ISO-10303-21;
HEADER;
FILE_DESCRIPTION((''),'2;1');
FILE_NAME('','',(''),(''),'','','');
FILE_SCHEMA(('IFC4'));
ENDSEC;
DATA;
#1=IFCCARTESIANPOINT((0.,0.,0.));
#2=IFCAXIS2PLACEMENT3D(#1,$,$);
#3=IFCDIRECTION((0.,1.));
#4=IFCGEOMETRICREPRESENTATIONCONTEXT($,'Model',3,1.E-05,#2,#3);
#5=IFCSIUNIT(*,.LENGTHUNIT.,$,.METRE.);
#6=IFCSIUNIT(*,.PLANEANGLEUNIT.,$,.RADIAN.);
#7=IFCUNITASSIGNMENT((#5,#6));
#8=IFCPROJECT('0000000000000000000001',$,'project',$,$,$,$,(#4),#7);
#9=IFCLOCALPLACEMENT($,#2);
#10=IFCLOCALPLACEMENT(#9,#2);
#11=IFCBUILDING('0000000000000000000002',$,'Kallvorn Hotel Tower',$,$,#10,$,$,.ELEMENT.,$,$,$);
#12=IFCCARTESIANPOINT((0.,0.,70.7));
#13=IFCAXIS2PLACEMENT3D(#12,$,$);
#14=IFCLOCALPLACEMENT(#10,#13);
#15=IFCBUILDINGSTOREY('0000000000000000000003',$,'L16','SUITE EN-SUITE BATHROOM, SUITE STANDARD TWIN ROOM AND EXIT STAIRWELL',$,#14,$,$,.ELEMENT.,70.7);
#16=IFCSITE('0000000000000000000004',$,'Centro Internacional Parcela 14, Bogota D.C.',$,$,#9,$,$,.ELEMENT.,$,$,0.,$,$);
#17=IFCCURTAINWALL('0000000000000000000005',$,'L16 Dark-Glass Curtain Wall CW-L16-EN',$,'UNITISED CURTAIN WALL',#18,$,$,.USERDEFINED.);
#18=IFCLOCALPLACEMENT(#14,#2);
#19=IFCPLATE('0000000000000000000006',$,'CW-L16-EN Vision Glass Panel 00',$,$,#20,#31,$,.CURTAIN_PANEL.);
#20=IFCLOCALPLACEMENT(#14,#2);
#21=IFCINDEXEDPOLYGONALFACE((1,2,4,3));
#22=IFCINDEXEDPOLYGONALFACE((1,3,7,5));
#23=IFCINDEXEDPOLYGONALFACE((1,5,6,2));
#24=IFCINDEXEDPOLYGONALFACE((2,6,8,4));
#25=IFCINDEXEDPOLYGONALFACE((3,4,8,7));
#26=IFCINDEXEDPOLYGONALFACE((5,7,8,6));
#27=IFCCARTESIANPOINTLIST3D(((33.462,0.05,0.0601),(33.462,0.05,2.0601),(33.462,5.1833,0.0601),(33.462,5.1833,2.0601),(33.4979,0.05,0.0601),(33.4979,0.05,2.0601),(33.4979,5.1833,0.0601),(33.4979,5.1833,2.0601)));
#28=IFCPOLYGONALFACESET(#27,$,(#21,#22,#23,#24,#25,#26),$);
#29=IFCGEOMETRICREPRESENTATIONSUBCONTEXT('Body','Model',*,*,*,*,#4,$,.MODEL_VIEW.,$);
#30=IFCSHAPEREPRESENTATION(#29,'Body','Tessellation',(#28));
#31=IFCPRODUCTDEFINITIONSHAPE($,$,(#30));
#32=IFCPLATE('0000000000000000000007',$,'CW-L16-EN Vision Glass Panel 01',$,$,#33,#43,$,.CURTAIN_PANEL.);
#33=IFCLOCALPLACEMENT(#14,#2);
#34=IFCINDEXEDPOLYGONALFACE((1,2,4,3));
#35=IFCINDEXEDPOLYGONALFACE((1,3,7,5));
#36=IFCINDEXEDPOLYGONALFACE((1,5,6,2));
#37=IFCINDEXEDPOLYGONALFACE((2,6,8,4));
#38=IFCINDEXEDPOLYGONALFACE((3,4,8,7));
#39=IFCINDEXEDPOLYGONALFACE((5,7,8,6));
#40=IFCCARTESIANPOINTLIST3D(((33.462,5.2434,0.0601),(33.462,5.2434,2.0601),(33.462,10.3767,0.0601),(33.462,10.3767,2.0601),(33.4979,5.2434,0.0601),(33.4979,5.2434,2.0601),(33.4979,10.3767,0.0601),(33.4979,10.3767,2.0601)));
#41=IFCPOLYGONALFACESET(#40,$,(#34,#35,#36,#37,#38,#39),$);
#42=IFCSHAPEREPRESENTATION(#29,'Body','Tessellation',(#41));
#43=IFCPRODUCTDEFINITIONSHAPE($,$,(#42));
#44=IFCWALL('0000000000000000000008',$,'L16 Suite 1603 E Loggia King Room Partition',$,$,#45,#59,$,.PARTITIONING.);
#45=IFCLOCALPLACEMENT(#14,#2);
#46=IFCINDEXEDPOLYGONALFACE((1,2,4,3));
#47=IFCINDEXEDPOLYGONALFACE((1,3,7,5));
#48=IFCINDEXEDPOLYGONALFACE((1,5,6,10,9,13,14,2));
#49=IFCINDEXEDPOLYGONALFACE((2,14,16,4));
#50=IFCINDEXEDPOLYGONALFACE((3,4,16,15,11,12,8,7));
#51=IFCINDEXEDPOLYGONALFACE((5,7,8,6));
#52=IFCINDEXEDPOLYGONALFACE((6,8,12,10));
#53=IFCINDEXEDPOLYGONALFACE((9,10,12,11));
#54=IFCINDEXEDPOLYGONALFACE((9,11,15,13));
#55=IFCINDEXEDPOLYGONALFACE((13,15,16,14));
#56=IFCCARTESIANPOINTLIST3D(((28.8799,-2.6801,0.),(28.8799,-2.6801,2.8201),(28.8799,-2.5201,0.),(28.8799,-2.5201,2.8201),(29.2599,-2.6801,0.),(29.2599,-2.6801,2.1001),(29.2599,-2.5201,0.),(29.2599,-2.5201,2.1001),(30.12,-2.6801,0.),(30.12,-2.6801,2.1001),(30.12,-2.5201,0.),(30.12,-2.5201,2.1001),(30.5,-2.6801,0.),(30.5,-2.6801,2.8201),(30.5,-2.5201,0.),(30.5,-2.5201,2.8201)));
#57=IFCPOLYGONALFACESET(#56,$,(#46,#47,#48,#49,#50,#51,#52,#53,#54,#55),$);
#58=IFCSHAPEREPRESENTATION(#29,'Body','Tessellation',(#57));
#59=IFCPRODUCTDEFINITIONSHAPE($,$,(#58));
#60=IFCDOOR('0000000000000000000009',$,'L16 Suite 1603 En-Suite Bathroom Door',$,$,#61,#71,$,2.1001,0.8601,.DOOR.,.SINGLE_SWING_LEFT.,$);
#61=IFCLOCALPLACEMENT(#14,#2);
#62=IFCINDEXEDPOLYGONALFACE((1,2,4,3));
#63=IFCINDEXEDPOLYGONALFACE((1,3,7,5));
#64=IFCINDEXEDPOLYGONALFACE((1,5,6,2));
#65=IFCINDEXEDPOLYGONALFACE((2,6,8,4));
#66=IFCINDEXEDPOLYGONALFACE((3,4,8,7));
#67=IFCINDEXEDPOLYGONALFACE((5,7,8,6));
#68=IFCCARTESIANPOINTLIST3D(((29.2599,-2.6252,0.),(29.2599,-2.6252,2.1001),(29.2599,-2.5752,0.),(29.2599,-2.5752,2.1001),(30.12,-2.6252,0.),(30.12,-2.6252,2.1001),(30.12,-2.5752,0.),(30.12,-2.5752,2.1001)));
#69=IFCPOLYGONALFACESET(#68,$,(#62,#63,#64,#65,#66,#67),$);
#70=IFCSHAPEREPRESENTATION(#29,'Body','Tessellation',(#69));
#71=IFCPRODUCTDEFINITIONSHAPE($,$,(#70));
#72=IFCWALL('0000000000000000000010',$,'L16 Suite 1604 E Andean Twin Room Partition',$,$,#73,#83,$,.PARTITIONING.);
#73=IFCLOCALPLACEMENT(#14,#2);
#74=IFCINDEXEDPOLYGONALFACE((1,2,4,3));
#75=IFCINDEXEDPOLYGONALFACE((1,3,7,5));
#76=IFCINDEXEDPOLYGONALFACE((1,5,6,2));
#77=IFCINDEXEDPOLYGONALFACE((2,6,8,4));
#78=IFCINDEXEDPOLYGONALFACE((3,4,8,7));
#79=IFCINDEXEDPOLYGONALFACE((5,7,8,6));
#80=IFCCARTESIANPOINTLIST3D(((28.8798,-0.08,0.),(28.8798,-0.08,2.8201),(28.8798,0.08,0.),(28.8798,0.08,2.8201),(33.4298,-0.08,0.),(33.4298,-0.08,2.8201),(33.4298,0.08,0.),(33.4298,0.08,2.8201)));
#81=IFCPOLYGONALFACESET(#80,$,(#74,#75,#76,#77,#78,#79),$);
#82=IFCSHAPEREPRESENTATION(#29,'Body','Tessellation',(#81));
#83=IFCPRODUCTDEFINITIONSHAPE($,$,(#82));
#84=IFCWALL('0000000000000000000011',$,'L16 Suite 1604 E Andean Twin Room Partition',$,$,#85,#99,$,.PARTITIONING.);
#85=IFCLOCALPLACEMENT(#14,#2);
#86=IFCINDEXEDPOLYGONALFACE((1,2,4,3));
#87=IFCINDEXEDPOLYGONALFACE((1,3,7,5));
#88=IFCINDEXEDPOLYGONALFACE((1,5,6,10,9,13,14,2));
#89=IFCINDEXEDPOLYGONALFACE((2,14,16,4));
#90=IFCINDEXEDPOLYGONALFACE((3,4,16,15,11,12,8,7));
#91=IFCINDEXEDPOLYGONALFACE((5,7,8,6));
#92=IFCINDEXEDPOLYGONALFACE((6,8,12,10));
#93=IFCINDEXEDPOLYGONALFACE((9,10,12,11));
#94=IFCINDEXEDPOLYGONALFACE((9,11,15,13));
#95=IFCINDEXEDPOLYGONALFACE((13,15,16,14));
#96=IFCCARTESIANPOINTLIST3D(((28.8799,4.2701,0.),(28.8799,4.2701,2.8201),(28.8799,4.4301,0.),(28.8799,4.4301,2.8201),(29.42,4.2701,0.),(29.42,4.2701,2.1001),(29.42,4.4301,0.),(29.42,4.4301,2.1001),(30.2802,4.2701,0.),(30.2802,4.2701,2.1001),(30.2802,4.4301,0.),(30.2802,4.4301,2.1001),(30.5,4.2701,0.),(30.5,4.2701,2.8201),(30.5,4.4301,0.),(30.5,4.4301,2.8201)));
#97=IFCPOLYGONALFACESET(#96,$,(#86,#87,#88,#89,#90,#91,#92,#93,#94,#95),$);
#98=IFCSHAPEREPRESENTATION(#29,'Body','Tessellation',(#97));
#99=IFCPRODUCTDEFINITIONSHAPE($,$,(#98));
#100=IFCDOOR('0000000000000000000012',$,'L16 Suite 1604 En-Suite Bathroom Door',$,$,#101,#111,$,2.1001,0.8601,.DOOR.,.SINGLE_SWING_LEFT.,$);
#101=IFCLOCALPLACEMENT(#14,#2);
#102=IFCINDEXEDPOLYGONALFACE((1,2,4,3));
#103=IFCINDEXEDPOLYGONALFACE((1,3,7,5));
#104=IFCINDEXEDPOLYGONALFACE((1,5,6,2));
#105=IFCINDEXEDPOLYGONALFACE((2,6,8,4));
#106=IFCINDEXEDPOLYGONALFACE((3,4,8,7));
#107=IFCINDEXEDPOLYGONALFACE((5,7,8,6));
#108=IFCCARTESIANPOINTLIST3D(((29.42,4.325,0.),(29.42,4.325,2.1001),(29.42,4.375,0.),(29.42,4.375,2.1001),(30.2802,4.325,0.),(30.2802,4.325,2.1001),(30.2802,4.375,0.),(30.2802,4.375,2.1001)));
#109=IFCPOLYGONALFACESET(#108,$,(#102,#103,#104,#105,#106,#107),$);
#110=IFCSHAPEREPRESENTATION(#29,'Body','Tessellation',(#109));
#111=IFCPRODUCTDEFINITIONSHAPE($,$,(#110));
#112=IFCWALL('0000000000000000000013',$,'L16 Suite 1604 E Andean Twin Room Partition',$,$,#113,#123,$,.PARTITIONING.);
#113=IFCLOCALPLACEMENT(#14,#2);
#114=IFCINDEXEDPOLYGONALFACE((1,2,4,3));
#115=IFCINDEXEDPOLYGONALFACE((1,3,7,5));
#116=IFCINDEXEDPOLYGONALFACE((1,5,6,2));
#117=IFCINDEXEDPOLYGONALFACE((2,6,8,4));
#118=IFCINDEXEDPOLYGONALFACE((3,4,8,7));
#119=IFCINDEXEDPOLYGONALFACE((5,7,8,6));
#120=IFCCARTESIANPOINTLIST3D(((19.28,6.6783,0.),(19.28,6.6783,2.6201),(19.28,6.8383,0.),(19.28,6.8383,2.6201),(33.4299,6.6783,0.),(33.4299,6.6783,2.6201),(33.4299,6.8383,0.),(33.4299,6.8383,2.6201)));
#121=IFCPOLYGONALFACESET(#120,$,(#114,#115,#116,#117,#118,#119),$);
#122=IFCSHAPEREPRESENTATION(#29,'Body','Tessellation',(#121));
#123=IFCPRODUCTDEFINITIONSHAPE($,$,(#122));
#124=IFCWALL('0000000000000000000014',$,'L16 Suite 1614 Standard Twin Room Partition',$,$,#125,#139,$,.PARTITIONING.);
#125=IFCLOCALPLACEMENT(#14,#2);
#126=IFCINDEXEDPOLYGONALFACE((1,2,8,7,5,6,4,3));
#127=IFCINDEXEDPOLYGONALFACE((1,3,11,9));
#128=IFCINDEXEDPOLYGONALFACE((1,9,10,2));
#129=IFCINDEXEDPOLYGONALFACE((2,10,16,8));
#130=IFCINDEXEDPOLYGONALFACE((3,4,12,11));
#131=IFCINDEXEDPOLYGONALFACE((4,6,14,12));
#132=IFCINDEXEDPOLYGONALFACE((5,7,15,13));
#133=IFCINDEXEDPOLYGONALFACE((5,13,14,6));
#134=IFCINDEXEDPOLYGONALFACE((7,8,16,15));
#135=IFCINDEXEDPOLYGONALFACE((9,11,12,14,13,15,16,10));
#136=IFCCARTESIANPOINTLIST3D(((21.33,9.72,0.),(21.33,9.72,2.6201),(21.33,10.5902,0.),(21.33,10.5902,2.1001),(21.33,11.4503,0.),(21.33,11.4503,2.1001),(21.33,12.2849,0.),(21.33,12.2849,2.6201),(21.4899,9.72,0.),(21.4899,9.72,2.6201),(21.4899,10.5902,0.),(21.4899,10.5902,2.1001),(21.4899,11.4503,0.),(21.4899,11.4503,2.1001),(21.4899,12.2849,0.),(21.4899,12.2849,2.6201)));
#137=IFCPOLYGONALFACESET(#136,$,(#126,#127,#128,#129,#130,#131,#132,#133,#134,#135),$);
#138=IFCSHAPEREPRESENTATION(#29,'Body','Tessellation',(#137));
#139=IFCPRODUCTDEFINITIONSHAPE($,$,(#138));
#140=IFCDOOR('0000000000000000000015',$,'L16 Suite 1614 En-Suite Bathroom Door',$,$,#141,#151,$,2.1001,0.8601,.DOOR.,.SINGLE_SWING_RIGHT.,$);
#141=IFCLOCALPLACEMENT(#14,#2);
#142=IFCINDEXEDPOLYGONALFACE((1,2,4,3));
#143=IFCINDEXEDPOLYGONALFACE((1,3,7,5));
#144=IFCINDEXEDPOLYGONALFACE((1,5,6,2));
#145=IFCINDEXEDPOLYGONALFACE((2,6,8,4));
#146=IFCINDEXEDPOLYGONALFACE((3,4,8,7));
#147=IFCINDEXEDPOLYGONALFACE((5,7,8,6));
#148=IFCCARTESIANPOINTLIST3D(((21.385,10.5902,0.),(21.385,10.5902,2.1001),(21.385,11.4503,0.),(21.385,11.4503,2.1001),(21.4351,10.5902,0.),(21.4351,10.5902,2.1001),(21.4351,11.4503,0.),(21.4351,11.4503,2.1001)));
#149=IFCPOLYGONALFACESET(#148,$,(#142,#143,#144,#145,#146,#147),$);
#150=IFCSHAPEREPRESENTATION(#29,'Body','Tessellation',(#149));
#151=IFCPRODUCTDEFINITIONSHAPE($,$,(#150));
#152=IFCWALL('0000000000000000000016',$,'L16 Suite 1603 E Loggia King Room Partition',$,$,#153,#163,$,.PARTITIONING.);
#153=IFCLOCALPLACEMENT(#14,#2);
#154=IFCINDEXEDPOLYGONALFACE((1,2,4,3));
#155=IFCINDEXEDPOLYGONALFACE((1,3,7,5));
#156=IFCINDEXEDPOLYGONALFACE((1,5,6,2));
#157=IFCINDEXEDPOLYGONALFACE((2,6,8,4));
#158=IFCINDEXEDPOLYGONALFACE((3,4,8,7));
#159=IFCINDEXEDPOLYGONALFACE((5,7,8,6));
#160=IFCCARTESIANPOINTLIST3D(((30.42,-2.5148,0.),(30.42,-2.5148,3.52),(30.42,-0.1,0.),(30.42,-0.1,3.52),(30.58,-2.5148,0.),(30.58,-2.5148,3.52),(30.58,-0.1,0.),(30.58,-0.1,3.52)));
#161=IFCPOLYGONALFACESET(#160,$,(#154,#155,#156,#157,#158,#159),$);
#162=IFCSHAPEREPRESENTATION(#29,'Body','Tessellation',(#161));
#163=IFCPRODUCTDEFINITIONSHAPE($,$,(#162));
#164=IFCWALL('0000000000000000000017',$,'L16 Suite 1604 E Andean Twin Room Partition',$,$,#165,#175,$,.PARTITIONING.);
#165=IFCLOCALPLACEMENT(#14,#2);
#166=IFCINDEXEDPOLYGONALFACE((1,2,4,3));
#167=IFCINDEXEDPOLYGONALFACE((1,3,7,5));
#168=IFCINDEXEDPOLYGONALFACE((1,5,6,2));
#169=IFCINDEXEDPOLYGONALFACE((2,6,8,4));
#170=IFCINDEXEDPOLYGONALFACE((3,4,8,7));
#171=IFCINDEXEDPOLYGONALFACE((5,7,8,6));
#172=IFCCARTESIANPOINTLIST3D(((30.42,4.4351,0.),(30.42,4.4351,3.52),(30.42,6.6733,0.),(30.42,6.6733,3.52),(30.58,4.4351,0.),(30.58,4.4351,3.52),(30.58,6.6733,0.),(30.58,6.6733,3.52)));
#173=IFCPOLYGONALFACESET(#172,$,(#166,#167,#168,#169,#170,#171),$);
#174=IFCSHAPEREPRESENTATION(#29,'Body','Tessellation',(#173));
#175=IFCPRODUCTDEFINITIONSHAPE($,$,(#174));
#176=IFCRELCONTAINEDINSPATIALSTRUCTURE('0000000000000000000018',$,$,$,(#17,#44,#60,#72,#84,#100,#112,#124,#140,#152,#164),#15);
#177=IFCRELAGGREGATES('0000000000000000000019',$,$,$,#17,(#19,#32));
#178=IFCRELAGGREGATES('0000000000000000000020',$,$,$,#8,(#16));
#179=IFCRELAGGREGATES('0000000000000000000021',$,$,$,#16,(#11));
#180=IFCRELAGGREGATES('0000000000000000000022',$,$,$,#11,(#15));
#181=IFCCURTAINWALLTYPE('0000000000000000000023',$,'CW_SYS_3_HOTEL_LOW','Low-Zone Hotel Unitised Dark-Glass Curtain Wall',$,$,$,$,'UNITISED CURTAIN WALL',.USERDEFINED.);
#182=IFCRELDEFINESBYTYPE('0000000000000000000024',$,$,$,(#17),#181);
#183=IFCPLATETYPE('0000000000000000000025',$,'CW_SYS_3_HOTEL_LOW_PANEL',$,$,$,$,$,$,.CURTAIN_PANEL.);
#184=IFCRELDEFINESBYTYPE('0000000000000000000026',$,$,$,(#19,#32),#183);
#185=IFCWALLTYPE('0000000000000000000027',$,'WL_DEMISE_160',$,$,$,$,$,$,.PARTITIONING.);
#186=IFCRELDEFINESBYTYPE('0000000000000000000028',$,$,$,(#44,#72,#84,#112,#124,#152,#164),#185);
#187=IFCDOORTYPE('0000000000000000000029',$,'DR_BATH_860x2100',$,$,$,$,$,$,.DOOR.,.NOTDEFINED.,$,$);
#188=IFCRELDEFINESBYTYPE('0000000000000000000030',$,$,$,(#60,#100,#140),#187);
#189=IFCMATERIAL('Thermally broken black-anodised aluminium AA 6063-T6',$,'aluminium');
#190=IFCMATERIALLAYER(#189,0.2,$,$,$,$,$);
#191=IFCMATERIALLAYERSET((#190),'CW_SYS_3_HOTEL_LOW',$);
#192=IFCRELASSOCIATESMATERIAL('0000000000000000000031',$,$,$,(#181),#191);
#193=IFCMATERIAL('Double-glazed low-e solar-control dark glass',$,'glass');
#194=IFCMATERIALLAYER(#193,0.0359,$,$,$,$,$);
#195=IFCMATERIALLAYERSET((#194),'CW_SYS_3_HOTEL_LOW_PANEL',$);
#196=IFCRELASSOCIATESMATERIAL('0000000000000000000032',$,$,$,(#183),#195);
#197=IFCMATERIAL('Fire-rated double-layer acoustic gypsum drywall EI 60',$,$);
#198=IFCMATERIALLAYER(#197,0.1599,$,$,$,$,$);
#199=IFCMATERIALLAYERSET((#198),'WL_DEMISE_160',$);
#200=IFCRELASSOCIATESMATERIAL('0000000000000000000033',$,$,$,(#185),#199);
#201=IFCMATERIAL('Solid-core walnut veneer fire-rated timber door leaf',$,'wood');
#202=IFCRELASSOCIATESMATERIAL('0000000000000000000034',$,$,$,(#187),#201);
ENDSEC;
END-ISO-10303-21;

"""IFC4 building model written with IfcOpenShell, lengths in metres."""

from ifc_helpers import new_model, si_unit, direction, frame, frame_2d, origin, origin_2d, place, context, subcontext, project, spatial, rectangle, extrude, material, layer, layer_set, type_object, element, fill, aggregate, save


model = new_model("IFC4")

# Units and contexts
model_context = context("Model", 3, precision=1e-05, world=origin(), true_north=direction((0.0, 1.0)))
body_context = subcontext(model_context, "Body", "Model", "MODEL_VIEW")
ifc_project = project(units=[si_unit("LENGTHUNIT", "METRE"), si_unit("PLANEANGLEUNIT", "RADIAN")], contexts=[model_context])

# Site, building, storey
site_placement = place(None, origin())
site = spatial("IfcSite", under=ifc_project, at=site_placement, Name="Centro Internacional Parcela 14, Bogota D.C.", CompositionType="ELEMENT", RefElevation=0.0)
building_placement = place(site_placement, origin())
building = spatial("IfcBuilding", under=site, at=building_placement, Name="Kallvorn Hotel Tower", CompositionType="ELEMENT")
storey_placement = place(building_placement, frame((0.0, 0.0, 70.7)))
storey = spatial("IfcBuildingStorey", under=building, at=storey_placement, Name="L16", Description="SUITE EN-SUITE BATHROOM, SUITE STANDARD TWIN ROOM AND EXIT STAIRWELL", CompositionType="ELEMENT", Elevation=70.7)

# Curtain wall, plates
ifc_material_1 = material(Name="Thermally broken black-anodised aluminium AA 6063-T6", Category="aluminium")
ifc_layer_1 = layer(ifc_material_1, 0.2)
ifc_layer_set_1 = layer_set([ifc_layer_1], Name="CW_SYS_3_HOTEL_LOW")
curtain_wall_type = type_object("IfcCurtainWallType", Name="CW_SYS_3_HOTEL_LOW", Description="Low-Zone Hotel Unitised Dark-Glass Curtain Wall", ElementType="UNITISED CURTAIN WALL", PredefinedType="USERDEFINED", material=ifc_layer_set_1)
curtain_wall_placement = place(storey_placement, origin())
curtain_wall = element("IfcCurtainWall", 1, at=curtain_wall_placement, inside=storey, type_object=curtain_wall_type, Name="L16 Dark-Glass Curtain Wall CW-L16-EN", ObjectType="UNITISED CURTAIN WALL", PredefinedType="USERDEFINED")
ifc_material_2 = material(Name="Double-glazed low-e solar-control dark glass", Category="glass")
ifc_layer_2 = layer(ifc_material_2, 0.0359)
ifc_layer_set_2 = layer_set([ifc_layer_2], Name="CW_SYS_3_HOTEL_LOW_PANEL")
plate_type = type_object("IfcPlateType", Name="CW_SYS_3_HOTEL_LOW_PANEL", PredefinedType="CURTAIN_PANEL", material=ifc_layer_set_2)
plate_1_placement = place(storey_placement, frame((33.48, 2.6167, 0.0601), z_axis=(0.0, 0.0, 1.0), x_axis=(0.0, 1.0, 0.0)))
plate_1 = element("IfcPlate", 2, at=plate_1_placement, type_object=plate_type, Name="CW-L16-EN Vision Glass Panel 00", PredefinedType="CURTAIN_PANEL", context=body_context, shape_type="SweptSolid", body=[
    extrude(rectangle(XDim=5.1333, YDim=0.0359, at=origin_2d()), origin(), (0.0, 0.0, 1.0), 2.0),
])
plate_2_placement = place(storey_placement, frame((33.48, 7.8101, 0.0601), z_axis=(0.0, 0.0, 1.0), x_axis=(0.0, 1.0, 0.0)))
plate_2 = element("IfcPlate", 3, at=plate_2_placement, type_object=plate_type, Name="CW-L16-EN Vision Glass Panel 01", PredefinedType="CURTAIN_PANEL", context=body_context, shape_type="SweptSolid", body=[
    extrude(rectangle(XDim=5.1333, YDim=0.0359, at=origin_2d()), origin(), (0.0, 0.0, 1.0), 2.0),
])
aggregate(curtain_wall, [plate_1, plate_2])

# Wall, opening, door
ifc_material_3 = material(Name="Fire-rated double-layer acoustic gypsum drywall EI 60")
ifc_layer_3 = layer(ifc_material_3, 0.1599)
ifc_layer_set_3 = layer_set([ifc_layer_3], Name="WL_DEMISE_160")
wall_type_1 = type_object("IfcWallType", Name="WL_DEMISE_160", PredefinedType="PARTITIONING", material=ifc_layer_set_3)
wall_1_placement = place(storey_placement, frame((28.8799, -2.6001, 0.0), z_axis=(0.0, 0.0, 1.0), x_axis=(1.0, 0.0, 0.0)))
wall_1 = element("IfcWall", 4, at=wall_1_placement, inside=storey, type_object=wall_type_1, Name="L16 Suite 1603 E Loggia King Room Partition", PredefinedType="PARTITIONING", context=body_context, shape_type="SweptSolid", body=[
    extrude(rectangle(XDim=1.6201, YDim=0.1599, at=frame_2d((0.8101, 0.0))), origin(), (0.0, 0.0, 1.0), 2.8201),
])
opening_1_placement = place(wall_1_placement, frame((0.3799, 0.0, 0.0)))
opening_1 = element("IfcOpeningElement", 5, at=opening_1_placement, cuts=wall_1, PredefinedType="OPENING", context=body_context, shape_type="SweptSolid", body=[
    extrude(rectangle(XDim=0.8601, YDim=2.1001, at=frame_2d((0.4302, 1.05))), frame((0.0, 0.095, 0.0), z_axis=(0.0, -1.0, 0.0), x_axis=(1.0, 0.0, 0.0)), (0.0, 0.0, 1.0), 0.1899),
])
ifc_material_4 = material(Name="Solid-core walnut veneer fire-rated timber door leaf", Category="wood")
door_type = type_object("IfcDoorType", Name="DR_BATH_860x2100", OperationType="NOTDEFINED", PredefinedType="DOOR", material=ifc_material_4)
door_1_placement = place(opening_1_placement, origin())
door_1 = element("IfcDoor", 6, at=door_1_placement, inside=storey, type_object=door_type, Name="L16 Suite 1603 En-Suite Bathroom Door", OperationType="SINGLE_SWING_LEFT", OverallHeight=2.1001, OverallWidth=0.8601, PredefinedType="DOOR", context=body_context, shape_type="SweptSolid", body=[
    extrude(rectangle(XDim=0.8601, YDim=2.1001, at=frame_2d((0.4302, 1.05))), frame((0.0, 0.0249, 0.0), z_axis=(0.0, -1.0, 0.0), x_axis=(1.0, 0.0, 0.0)), (0.0, 0.0, 1.0), 0.05),
])
fill(opening_1, door_1)

# Wall
wall_2_placement = place(storey_placement, frame((28.8799, 0.0, 0.0), z_axis=(0.0, 0.0, 1.0), x_axis=(1.0, 0.0, 0.0)))
element("IfcWall", 7, at=wall_2_placement, inside=storey, type_object=wall_type_1, Name="L16 Suite 1604 E Andean Twin Room Partition", PredefinedType="PARTITIONING", context=body_context, shape_type="SweptSolid", body=[
    extrude(rectangle(XDim=4.55, YDim=0.1599, at=frame_2d((2.2749, 0.0))), origin(), (0.0, 0.0, 1.0), 2.8201),
])

# Wall, opening, door
wall_3_placement = place(storey_placement, frame((28.8799, 4.3501, 0.0), z_axis=(0.0, 0.0, 1.0), x_axis=(1.0, 0.0, 0.0)))
wall_3 = element("IfcWall", 8, at=wall_3_placement, inside=storey, type_object=wall_type_1, Name="L16 Suite 1604 E Andean Twin Room Partition", PredefinedType="PARTITIONING", context=body_context, shape_type="SweptSolid", body=[
    extrude(rectangle(XDim=1.6201, YDim=0.1599, at=frame_2d((0.8101, 0.0))), origin(), (0.0, 0.0, 1.0), 2.8201),
])
opening_2_placement = place(wall_3_placement, frame((0.54, 0.0, 0.0)))
opening_2 = element("IfcOpeningElement", 9, at=opening_2_placement, cuts=wall_3, PredefinedType="OPENING", context=body_context, shape_type="SweptSolid", body=[
    extrude(rectangle(XDim=0.8601, YDim=2.1001, at=frame_2d((0.4302, 1.05))), frame((0.0, 0.095, 0.0), z_axis=(0.0, -1.0, 0.0), x_axis=(1.0, 0.0, 0.0)), (0.0, 0.0, 1.0), 0.1899),
])
door_2_placement = place(opening_2_placement, origin())
door_2 = element("IfcDoor", 10, at=door_2_placement, inside=storey, type_object=door_type, Name="L16 Suite 1604 En-Suite Bathroom Door", OperationType="SINGLE_SWING_LEFT", OverallHeight=2.1001, OverallWidth=0.8601, PredefinedType="DOOR", context=body_context, shape_type="SweptSolid", body=[
    extrude(rectangle(XDim=0.8601, YDim=2.1001, at=frame_2d((0.4302, 1.05))), frame((0.0, 0.0249, 0.0), z_axis=(0.0, -1.0, 0.0), x_axis=(1.0, 0.0, 0.0)), (0.0, 0.0, 1.0), 0.05),
])
fill(opening_2, door_2)

# Wall
wall_4_placement = place(storey_placement, frame((19.28, 6.7583, 0.0), z_axis=(0.0, 0.0, 1.0), x_axis=(1.0, 0.0, 0.0)))
element("IfcWall", 11, at=wall_4_placement, inside=storey, type_object=wall_type_1, Name="L16 Suite 1604 E Andean Twin Room Partition", PredefinedType="PARTITIONING", context=body_context, shape_type="SweptSolid", body=[
    extrude(rectangle(XDim=14.1499, YDim=0.1599, at=frame_2d((7.075, 0.0))), origin(), (0.0, 0.0, 1.0), 2.6201),
])

# Wall, opening, door
wall_5_placement = place(storey_placement, frame((21.4099, 9.72, 0.0), z_axis=(0.0, 0.0, 1.0), x_axis=(0.0, 1.0, 0.0)))
wall_5 = element("IfcWall", 12, at=wall_5_placement, inside=storey, type_object=wall_type_1, Name="L16 Suite 1614 Standard Twin Room Partition", PredefinedType="PARTITIONING", context=body_context, shape_type="SweptSolid", body=[
    extrude(rectangle(XDim=2.5649, YDim=0.1599, at=frame_2d((1.2825, 0.0))), origin(), (0.0, 0.0, 1.0), 2.6201),
])
opening_3_placement = place(wall_5_placement, frame((0.8701, 0.0, 0.0)))
opening_3 = element("IfcOpeningElement", 13, at=opening_3_placement, cuts=wall_5, PredefinedType="OPENING", context=body_context, shape_type="SweptSolid", body=[
    extrude(rectangle(XDim=0.8601, YDim=2.1001, at=frame_2d((0.4302, 1.05))), frame((0.0, 0.095, 0.0), z_axis=(0.0, -1.0, 0.0), x_axis=(1.0, 0.0, 0.0)), (0.0, 0.0, 1.0), 0.1899),
])
door_3_placement = place(opening_3_placement, origin())
door_3 = element("IfcDoor", 14, at=door_3_placement, inside=storey, type_object=door_type, Name="L16 Suite 1614 En-Suite Bathroom Door", OperationType="SINGLE_SWING_RIGHT", OverallHeight=2.1001, OverallWidth=0.8601, PredefinedType="DOOR", context=body_context, shape_type="SweptSolid", body=[
    extrude(rectangle(XDim=0.8601, YDim=2.1001, at=frame_2d((0.4302, 1.05))), frame((0.0, 0.0249, 0.0), z_axis=(0.0, -1.0, 0.0), x_axis=(1.0, 0.0, 0.0)), (0.0, 0.0, 1.0), 0.05),
])
fill(opening_3, door_3)

# Walls
wall_6_placement = place(storey_placement, frame((30.5, -2.5149, 0.0), z_axis=(0.0, 0.0, 1.0), x_axis=(0.0, 1.0, 0.0)))
element("IfcWall", 15, at=wall_6_placement, inside=storey, type_object=wall_type_1, Name="L16 Suite 1603 E Loggia King Room Partition", PredefinedType="PARTITIONING", context=body_context, shape_type="SweptSolid", body=[
    extrude(rectangle(XDim=2.4148, YDim=0.1599, at=frame_2d((1.2075, 0.0))), origin(), (0.0, 0.0, 1.0), 3.52),
])
wall_7_placement = place(storey_placement, frame((30.5, 4.4351, 0.0), z_axis=(0.0, 0.0, 1.0), x_axis=(0.0, 1.0, 0.0)))
element("IfcWall", 16, at=wall_7_placement, inside=storey, type_object=wall_type_1, Name="L16 Suite 1604 E Andean Twin Room Partition", PredefinedType="PARTITIONING", context=body_context, shape_type="SweptSolid", body=[
    extrude(rectangle(XDim=2.2383, YDim=0.1599, at=frame_2d((1.1191, 0.0))), origin(), (0.0, 0.0, 1.0), 3.52),
])

save(model, "model.ifc")
